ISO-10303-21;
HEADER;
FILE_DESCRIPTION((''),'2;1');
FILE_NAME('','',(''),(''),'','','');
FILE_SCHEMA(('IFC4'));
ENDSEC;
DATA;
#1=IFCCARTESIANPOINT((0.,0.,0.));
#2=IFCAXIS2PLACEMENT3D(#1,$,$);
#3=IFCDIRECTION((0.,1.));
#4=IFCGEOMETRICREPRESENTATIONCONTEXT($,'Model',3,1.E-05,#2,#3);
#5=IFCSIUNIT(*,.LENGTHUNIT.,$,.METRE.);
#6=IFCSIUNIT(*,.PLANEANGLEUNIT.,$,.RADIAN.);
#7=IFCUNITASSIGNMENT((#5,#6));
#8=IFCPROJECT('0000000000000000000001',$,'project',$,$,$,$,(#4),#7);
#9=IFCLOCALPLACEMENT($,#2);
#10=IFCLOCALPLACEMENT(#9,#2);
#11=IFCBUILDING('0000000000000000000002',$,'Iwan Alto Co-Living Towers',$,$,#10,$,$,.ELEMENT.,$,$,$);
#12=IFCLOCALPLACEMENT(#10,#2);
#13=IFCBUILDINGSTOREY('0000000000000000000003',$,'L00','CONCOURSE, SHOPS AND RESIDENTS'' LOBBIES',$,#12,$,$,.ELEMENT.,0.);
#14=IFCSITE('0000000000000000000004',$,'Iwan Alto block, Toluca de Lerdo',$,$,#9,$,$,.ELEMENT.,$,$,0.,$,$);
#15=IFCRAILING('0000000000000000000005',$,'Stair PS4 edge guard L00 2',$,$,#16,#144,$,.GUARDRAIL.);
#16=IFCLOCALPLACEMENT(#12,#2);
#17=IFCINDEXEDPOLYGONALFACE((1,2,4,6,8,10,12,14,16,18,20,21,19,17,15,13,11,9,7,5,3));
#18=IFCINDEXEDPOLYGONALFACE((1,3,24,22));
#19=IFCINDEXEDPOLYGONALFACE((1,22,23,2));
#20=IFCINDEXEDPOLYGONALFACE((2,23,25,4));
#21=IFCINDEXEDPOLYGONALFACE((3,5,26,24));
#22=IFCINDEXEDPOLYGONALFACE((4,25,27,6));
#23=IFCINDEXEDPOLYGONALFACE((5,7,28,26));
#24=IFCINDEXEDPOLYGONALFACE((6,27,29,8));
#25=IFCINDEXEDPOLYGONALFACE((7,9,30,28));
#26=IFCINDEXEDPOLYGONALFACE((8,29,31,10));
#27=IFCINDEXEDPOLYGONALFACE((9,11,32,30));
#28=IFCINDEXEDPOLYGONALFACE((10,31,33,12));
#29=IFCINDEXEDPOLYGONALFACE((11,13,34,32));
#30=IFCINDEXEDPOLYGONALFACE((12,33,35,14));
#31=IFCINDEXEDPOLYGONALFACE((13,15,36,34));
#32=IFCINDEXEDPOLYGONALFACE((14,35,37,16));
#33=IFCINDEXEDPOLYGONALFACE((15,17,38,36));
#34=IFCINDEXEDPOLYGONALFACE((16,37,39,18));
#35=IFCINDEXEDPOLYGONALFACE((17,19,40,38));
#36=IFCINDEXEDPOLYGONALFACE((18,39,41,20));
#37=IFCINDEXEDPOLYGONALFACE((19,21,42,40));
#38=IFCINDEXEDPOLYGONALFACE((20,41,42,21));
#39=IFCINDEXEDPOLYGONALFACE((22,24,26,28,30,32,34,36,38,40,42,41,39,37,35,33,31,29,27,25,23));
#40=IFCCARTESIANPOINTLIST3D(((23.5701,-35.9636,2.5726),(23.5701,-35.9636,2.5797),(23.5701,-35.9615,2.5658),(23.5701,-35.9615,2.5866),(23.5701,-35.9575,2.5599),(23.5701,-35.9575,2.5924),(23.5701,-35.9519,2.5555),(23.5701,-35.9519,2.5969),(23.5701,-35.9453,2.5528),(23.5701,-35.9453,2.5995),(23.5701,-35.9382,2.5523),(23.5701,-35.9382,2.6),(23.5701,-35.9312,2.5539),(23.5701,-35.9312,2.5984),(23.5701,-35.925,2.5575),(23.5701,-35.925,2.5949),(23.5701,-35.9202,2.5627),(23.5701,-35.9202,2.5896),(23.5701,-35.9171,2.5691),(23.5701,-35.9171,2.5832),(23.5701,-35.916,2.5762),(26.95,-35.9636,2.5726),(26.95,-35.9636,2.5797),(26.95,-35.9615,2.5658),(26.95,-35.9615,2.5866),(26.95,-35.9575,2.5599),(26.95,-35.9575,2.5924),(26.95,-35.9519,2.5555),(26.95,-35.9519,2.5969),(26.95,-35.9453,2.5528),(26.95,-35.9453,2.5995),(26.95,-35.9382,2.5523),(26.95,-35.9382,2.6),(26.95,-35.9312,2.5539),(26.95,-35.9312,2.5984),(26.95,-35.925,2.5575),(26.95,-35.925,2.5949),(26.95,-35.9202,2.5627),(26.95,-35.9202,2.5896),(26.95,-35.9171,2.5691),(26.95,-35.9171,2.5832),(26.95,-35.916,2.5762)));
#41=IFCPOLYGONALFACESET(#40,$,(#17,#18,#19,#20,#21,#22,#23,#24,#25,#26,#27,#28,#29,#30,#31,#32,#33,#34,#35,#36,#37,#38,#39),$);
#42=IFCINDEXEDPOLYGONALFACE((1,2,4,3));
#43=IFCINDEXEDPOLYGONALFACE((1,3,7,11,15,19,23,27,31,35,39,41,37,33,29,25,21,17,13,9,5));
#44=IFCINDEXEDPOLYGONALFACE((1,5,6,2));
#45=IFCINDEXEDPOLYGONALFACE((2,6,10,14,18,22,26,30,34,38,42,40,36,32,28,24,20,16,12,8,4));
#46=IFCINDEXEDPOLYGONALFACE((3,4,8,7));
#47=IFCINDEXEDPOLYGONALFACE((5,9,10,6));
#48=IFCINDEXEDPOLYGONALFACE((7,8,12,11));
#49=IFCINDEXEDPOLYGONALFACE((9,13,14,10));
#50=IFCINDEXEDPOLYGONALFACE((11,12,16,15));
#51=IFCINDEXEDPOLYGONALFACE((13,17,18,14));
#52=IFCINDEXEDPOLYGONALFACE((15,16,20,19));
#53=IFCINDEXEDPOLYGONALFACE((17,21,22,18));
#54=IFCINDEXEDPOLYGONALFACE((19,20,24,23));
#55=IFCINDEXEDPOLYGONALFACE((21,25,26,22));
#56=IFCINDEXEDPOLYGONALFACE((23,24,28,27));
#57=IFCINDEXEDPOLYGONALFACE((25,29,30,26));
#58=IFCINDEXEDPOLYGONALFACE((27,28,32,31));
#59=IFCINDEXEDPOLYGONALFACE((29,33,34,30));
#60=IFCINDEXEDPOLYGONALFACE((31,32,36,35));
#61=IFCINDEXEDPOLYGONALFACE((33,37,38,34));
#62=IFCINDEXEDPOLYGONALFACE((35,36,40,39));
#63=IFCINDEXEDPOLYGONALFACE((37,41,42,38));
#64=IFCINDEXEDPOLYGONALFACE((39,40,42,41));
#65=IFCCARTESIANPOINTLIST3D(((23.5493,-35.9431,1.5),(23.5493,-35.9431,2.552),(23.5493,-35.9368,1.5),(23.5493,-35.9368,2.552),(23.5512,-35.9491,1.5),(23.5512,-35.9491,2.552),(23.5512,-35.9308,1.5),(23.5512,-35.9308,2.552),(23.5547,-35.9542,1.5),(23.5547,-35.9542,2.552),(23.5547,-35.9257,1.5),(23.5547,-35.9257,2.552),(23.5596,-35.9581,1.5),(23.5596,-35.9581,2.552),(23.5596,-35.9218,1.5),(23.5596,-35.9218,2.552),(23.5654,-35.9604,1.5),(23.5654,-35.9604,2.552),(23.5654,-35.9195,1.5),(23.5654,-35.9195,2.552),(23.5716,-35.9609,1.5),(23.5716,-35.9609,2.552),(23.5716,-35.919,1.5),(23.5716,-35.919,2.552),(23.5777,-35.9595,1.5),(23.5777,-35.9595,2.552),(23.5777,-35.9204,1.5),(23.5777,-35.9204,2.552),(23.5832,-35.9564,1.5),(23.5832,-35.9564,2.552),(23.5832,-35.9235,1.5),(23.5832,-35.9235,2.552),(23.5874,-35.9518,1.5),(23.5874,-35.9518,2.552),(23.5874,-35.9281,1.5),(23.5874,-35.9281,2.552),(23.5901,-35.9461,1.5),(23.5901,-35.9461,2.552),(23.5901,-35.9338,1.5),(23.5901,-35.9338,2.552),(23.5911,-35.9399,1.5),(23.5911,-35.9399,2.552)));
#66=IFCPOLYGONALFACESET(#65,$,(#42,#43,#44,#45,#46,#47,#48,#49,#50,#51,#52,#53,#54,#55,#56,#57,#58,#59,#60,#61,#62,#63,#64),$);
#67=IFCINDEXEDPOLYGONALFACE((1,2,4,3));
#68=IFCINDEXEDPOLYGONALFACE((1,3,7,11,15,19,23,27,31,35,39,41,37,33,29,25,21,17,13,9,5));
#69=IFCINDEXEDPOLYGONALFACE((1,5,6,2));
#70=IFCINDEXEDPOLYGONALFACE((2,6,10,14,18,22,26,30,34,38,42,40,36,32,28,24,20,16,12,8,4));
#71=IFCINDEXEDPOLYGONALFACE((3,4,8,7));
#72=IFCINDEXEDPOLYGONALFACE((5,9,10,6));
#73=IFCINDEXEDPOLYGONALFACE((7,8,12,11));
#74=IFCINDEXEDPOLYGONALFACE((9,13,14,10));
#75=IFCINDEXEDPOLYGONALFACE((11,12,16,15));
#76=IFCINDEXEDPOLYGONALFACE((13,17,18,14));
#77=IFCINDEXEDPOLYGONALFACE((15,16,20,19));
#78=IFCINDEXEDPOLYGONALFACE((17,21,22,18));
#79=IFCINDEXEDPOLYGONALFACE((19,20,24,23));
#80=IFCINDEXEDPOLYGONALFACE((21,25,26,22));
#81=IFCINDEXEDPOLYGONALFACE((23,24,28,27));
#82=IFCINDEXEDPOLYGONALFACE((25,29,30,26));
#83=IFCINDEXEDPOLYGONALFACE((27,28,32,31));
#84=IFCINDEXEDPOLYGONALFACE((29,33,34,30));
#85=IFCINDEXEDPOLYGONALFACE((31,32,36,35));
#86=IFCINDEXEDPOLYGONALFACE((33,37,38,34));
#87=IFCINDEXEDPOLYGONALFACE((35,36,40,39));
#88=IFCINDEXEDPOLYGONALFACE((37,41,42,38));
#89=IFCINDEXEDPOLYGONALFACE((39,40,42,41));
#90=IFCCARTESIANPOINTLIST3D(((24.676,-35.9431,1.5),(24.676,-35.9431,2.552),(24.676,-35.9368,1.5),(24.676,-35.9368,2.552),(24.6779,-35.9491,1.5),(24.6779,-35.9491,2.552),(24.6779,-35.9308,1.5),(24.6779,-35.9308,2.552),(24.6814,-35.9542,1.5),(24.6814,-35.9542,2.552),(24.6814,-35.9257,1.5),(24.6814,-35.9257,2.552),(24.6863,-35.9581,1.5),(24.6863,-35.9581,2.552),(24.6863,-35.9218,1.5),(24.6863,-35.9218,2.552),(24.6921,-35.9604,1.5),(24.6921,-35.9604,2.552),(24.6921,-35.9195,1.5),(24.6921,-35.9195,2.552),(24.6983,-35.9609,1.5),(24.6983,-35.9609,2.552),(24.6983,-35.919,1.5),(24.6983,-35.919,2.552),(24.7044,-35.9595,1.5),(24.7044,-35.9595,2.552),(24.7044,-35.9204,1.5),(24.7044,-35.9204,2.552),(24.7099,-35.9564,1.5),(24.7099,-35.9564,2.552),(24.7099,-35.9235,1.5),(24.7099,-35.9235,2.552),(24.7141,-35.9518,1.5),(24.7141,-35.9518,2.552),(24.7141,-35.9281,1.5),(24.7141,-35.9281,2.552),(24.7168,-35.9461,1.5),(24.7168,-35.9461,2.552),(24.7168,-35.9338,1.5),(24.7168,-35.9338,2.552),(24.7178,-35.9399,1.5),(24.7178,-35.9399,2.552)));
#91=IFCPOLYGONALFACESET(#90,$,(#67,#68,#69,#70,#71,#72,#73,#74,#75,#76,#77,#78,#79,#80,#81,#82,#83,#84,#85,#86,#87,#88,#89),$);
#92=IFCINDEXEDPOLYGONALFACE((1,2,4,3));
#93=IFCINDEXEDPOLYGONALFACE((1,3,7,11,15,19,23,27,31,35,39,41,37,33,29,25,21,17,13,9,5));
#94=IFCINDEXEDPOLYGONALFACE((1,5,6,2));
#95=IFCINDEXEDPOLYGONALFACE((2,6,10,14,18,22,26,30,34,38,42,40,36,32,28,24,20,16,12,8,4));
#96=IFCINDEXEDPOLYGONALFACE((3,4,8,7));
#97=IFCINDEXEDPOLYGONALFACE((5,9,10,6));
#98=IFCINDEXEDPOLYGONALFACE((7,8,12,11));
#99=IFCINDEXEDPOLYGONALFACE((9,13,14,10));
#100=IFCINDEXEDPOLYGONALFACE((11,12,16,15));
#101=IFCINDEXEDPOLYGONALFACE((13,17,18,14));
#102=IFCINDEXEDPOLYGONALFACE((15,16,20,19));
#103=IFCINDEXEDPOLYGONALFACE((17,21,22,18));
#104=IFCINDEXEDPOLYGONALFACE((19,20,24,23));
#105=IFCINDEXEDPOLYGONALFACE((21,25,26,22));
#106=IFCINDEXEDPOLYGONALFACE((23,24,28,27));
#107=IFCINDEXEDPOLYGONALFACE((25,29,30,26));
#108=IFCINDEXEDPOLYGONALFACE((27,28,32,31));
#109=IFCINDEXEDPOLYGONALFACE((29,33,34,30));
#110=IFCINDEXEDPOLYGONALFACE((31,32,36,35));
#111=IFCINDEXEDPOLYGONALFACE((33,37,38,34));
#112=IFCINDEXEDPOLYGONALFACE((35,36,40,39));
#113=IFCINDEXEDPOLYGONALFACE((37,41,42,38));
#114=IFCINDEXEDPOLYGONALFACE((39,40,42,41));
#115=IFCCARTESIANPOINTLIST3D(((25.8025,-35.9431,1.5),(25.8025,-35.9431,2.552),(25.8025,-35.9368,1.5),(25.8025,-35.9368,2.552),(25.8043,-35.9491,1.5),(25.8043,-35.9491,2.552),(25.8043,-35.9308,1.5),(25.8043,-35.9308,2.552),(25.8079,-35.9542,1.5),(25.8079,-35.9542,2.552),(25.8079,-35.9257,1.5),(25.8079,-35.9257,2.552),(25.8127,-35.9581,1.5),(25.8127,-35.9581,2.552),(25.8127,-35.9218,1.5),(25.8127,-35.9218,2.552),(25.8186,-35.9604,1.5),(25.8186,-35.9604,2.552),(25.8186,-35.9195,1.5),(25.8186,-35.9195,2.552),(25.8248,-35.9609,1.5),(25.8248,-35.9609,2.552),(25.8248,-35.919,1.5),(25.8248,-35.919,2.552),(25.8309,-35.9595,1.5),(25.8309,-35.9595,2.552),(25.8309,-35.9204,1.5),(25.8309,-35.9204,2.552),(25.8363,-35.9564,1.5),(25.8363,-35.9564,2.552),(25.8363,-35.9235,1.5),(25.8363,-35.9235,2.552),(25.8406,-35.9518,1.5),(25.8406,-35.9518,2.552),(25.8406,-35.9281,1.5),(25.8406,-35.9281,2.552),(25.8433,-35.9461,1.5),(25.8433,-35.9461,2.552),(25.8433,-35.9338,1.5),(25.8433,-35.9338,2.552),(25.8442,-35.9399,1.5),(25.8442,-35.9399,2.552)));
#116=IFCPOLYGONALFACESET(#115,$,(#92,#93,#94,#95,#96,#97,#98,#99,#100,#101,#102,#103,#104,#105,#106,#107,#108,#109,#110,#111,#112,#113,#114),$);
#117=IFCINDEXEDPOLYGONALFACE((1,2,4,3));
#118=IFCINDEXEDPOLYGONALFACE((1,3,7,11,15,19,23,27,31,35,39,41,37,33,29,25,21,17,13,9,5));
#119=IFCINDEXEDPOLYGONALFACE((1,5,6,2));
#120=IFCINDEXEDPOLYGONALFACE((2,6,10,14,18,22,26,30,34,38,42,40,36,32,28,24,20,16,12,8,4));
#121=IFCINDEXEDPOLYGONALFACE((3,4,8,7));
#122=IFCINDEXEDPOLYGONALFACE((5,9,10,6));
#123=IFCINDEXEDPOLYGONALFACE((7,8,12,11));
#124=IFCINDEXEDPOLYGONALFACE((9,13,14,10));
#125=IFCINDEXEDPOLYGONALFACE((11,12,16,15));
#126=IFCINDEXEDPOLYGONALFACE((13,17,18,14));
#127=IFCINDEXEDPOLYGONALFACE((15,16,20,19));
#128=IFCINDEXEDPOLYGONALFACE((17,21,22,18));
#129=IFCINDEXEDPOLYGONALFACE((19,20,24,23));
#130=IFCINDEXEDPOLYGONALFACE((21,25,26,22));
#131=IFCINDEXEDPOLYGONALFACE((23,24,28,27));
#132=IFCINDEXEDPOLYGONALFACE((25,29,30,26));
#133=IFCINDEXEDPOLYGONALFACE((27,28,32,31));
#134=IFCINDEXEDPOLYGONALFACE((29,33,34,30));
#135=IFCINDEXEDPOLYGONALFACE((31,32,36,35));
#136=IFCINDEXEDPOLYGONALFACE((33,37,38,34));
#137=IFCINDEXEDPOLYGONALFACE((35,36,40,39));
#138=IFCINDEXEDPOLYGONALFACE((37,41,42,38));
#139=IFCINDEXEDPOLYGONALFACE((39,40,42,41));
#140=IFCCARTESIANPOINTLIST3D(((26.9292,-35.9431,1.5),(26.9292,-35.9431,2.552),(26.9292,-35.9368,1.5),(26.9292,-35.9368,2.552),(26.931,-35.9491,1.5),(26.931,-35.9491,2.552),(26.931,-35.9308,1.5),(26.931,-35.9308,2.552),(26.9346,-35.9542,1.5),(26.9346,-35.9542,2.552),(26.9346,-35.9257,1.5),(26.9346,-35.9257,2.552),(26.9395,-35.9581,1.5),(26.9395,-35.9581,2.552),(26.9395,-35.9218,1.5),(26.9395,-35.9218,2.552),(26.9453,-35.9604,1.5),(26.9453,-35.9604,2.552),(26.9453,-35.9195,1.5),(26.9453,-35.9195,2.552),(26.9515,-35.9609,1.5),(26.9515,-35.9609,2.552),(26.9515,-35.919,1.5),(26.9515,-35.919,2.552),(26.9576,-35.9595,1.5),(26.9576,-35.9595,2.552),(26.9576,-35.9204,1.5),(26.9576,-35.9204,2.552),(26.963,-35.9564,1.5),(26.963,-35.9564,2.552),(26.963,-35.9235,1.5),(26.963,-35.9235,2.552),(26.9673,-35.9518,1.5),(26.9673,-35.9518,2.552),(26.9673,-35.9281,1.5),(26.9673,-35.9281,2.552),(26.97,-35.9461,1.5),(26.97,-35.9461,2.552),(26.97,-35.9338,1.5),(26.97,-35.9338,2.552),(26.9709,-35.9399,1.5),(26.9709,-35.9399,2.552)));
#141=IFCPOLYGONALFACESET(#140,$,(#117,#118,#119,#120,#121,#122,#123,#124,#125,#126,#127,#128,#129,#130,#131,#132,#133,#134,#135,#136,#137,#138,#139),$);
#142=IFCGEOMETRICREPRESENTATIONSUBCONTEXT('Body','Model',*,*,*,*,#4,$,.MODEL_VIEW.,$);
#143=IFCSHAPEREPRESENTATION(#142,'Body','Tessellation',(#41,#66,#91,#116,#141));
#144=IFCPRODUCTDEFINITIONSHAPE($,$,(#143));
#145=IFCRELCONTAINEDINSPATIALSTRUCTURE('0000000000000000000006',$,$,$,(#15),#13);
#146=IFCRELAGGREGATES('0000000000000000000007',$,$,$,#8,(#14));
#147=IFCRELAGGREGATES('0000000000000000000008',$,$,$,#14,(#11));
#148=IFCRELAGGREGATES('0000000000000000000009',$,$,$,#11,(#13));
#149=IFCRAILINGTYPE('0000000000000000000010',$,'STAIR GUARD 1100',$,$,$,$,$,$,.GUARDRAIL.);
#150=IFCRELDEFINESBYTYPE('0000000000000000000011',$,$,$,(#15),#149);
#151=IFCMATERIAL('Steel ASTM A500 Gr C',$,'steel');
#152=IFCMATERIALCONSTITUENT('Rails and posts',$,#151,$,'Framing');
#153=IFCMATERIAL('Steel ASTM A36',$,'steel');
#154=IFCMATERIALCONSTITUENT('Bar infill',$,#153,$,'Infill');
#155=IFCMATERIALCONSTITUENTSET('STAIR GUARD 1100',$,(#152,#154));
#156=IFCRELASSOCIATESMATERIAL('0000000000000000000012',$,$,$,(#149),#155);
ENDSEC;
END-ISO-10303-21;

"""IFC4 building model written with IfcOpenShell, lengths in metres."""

from ifc_helpers import new_model, si_unit, direction, frame, origin, origin_2d, place, context, subcontext, project, spatial, circle, extrude, material, constituent, constituent_set, type_object, element, save


model = new_model("IFC4")

# Units and contexts
model_context = context("Model", 3, precision=1e-05, world=origin(), true_north=direction((0.0, 1.0)))
body_context = subcontext(model_context, "Body", "Model", "MODEL_VIEW")
ifc_project = project(units=[si_unit("LENGTHUNIT", "METRE"), si_unit("PLANEANGLEUNIT", "RADIAN")], contexts=[model_context])

# Site, building, storey
site_placement = place(None, origin())
site = spatial("IfcSite", under=ifc_project, at=site_placement, Name="Iwan Alto block, Toluca de Lerdo", CompositionType="ELEMENT", RefElevation=0.0)
building_placement = place(site_placement, origin())
building = spatial("IfcBuilding", under=site, at=building_placement, Name="Iwan Alto Co-Living Towers", CompositionType="ELEMENT")
storey_placement = place(building_placement, origin())
storey = spatial("IfcBuildingStorey", under=building, at=storey_placement, Name="L00", Description="CONCOURSE, SHOPS AND RESIDENTS' LOBBIES", CompositionType="ELEMENT", Elevation=0.0)

# Shared definitions
ifc_material_1 = material(Name="Steel ASTM A36", Category="steel")

# Railing
ifc_material_2 = material(Name="Steel ASTM A500 Gr C", Category="steel")
ifc_constituent_1 = constituent(ifc_material_2, Name="Rails and posts", Category="Framing")
ifc_constituent_2 = constituent(ifc_material_1, Name="Bar infill", Category="Infill")
ifc_constituent_set_1 = constituent_set(constituents=[ifc_constituent_1, ifc_constituent_2], Name="STAIR GUARD 1100")
railing_type_1 = type_object("IfcRailingType", Name="STAIR GUARD 1100", PredefinedType="GUARDRAIL", material=ifc_constituent_set_1)
railing_1_placement = place(storey_placement, frame((23.5701, -35.9399, 1.5)))
element("IfcRailing", 1, at=railing_1_placement, inside=storey, type_object=railing_type_1, Name="Stair PS4 edge guard L00 2", PredefinedType="GUARDRAIL", context=body_context, shape_type="SweptSolid", body=[
    extrude(circle(Radius=0.0239, at=origin_2d()), frame((0.0, 0.0, 1.0762), z_axis=(1.0, 0.0, 0.0), x_axis=(0.0, 1.0, 0.0)), (0.0, 0.0, 1.0), 3.3799),
    extrude(circle(Radius=0.021, at=origin_2d()), origin(), (0.0, 0.0, 1.0), 1.052),
    extrude(circle(Radius=0.021, at=origin_2d()), frame((1.1267, 0.0, 0.0)), (0.0, 0.0, 1.0), 1.052),
    extrude(circle(Radius=0.021, at=origin_2d()), frame((2.2532, 0.0, 0.0)), (0.0, 0.0, 1.0), 1.052),
    extrude(circle(Radius=0.021, at=origin_2d()), frame((3.3799, 0.0, 0.0)), (0.0, 0.0, 1.0), 1.052),
])

save(model, "model.ifc")
